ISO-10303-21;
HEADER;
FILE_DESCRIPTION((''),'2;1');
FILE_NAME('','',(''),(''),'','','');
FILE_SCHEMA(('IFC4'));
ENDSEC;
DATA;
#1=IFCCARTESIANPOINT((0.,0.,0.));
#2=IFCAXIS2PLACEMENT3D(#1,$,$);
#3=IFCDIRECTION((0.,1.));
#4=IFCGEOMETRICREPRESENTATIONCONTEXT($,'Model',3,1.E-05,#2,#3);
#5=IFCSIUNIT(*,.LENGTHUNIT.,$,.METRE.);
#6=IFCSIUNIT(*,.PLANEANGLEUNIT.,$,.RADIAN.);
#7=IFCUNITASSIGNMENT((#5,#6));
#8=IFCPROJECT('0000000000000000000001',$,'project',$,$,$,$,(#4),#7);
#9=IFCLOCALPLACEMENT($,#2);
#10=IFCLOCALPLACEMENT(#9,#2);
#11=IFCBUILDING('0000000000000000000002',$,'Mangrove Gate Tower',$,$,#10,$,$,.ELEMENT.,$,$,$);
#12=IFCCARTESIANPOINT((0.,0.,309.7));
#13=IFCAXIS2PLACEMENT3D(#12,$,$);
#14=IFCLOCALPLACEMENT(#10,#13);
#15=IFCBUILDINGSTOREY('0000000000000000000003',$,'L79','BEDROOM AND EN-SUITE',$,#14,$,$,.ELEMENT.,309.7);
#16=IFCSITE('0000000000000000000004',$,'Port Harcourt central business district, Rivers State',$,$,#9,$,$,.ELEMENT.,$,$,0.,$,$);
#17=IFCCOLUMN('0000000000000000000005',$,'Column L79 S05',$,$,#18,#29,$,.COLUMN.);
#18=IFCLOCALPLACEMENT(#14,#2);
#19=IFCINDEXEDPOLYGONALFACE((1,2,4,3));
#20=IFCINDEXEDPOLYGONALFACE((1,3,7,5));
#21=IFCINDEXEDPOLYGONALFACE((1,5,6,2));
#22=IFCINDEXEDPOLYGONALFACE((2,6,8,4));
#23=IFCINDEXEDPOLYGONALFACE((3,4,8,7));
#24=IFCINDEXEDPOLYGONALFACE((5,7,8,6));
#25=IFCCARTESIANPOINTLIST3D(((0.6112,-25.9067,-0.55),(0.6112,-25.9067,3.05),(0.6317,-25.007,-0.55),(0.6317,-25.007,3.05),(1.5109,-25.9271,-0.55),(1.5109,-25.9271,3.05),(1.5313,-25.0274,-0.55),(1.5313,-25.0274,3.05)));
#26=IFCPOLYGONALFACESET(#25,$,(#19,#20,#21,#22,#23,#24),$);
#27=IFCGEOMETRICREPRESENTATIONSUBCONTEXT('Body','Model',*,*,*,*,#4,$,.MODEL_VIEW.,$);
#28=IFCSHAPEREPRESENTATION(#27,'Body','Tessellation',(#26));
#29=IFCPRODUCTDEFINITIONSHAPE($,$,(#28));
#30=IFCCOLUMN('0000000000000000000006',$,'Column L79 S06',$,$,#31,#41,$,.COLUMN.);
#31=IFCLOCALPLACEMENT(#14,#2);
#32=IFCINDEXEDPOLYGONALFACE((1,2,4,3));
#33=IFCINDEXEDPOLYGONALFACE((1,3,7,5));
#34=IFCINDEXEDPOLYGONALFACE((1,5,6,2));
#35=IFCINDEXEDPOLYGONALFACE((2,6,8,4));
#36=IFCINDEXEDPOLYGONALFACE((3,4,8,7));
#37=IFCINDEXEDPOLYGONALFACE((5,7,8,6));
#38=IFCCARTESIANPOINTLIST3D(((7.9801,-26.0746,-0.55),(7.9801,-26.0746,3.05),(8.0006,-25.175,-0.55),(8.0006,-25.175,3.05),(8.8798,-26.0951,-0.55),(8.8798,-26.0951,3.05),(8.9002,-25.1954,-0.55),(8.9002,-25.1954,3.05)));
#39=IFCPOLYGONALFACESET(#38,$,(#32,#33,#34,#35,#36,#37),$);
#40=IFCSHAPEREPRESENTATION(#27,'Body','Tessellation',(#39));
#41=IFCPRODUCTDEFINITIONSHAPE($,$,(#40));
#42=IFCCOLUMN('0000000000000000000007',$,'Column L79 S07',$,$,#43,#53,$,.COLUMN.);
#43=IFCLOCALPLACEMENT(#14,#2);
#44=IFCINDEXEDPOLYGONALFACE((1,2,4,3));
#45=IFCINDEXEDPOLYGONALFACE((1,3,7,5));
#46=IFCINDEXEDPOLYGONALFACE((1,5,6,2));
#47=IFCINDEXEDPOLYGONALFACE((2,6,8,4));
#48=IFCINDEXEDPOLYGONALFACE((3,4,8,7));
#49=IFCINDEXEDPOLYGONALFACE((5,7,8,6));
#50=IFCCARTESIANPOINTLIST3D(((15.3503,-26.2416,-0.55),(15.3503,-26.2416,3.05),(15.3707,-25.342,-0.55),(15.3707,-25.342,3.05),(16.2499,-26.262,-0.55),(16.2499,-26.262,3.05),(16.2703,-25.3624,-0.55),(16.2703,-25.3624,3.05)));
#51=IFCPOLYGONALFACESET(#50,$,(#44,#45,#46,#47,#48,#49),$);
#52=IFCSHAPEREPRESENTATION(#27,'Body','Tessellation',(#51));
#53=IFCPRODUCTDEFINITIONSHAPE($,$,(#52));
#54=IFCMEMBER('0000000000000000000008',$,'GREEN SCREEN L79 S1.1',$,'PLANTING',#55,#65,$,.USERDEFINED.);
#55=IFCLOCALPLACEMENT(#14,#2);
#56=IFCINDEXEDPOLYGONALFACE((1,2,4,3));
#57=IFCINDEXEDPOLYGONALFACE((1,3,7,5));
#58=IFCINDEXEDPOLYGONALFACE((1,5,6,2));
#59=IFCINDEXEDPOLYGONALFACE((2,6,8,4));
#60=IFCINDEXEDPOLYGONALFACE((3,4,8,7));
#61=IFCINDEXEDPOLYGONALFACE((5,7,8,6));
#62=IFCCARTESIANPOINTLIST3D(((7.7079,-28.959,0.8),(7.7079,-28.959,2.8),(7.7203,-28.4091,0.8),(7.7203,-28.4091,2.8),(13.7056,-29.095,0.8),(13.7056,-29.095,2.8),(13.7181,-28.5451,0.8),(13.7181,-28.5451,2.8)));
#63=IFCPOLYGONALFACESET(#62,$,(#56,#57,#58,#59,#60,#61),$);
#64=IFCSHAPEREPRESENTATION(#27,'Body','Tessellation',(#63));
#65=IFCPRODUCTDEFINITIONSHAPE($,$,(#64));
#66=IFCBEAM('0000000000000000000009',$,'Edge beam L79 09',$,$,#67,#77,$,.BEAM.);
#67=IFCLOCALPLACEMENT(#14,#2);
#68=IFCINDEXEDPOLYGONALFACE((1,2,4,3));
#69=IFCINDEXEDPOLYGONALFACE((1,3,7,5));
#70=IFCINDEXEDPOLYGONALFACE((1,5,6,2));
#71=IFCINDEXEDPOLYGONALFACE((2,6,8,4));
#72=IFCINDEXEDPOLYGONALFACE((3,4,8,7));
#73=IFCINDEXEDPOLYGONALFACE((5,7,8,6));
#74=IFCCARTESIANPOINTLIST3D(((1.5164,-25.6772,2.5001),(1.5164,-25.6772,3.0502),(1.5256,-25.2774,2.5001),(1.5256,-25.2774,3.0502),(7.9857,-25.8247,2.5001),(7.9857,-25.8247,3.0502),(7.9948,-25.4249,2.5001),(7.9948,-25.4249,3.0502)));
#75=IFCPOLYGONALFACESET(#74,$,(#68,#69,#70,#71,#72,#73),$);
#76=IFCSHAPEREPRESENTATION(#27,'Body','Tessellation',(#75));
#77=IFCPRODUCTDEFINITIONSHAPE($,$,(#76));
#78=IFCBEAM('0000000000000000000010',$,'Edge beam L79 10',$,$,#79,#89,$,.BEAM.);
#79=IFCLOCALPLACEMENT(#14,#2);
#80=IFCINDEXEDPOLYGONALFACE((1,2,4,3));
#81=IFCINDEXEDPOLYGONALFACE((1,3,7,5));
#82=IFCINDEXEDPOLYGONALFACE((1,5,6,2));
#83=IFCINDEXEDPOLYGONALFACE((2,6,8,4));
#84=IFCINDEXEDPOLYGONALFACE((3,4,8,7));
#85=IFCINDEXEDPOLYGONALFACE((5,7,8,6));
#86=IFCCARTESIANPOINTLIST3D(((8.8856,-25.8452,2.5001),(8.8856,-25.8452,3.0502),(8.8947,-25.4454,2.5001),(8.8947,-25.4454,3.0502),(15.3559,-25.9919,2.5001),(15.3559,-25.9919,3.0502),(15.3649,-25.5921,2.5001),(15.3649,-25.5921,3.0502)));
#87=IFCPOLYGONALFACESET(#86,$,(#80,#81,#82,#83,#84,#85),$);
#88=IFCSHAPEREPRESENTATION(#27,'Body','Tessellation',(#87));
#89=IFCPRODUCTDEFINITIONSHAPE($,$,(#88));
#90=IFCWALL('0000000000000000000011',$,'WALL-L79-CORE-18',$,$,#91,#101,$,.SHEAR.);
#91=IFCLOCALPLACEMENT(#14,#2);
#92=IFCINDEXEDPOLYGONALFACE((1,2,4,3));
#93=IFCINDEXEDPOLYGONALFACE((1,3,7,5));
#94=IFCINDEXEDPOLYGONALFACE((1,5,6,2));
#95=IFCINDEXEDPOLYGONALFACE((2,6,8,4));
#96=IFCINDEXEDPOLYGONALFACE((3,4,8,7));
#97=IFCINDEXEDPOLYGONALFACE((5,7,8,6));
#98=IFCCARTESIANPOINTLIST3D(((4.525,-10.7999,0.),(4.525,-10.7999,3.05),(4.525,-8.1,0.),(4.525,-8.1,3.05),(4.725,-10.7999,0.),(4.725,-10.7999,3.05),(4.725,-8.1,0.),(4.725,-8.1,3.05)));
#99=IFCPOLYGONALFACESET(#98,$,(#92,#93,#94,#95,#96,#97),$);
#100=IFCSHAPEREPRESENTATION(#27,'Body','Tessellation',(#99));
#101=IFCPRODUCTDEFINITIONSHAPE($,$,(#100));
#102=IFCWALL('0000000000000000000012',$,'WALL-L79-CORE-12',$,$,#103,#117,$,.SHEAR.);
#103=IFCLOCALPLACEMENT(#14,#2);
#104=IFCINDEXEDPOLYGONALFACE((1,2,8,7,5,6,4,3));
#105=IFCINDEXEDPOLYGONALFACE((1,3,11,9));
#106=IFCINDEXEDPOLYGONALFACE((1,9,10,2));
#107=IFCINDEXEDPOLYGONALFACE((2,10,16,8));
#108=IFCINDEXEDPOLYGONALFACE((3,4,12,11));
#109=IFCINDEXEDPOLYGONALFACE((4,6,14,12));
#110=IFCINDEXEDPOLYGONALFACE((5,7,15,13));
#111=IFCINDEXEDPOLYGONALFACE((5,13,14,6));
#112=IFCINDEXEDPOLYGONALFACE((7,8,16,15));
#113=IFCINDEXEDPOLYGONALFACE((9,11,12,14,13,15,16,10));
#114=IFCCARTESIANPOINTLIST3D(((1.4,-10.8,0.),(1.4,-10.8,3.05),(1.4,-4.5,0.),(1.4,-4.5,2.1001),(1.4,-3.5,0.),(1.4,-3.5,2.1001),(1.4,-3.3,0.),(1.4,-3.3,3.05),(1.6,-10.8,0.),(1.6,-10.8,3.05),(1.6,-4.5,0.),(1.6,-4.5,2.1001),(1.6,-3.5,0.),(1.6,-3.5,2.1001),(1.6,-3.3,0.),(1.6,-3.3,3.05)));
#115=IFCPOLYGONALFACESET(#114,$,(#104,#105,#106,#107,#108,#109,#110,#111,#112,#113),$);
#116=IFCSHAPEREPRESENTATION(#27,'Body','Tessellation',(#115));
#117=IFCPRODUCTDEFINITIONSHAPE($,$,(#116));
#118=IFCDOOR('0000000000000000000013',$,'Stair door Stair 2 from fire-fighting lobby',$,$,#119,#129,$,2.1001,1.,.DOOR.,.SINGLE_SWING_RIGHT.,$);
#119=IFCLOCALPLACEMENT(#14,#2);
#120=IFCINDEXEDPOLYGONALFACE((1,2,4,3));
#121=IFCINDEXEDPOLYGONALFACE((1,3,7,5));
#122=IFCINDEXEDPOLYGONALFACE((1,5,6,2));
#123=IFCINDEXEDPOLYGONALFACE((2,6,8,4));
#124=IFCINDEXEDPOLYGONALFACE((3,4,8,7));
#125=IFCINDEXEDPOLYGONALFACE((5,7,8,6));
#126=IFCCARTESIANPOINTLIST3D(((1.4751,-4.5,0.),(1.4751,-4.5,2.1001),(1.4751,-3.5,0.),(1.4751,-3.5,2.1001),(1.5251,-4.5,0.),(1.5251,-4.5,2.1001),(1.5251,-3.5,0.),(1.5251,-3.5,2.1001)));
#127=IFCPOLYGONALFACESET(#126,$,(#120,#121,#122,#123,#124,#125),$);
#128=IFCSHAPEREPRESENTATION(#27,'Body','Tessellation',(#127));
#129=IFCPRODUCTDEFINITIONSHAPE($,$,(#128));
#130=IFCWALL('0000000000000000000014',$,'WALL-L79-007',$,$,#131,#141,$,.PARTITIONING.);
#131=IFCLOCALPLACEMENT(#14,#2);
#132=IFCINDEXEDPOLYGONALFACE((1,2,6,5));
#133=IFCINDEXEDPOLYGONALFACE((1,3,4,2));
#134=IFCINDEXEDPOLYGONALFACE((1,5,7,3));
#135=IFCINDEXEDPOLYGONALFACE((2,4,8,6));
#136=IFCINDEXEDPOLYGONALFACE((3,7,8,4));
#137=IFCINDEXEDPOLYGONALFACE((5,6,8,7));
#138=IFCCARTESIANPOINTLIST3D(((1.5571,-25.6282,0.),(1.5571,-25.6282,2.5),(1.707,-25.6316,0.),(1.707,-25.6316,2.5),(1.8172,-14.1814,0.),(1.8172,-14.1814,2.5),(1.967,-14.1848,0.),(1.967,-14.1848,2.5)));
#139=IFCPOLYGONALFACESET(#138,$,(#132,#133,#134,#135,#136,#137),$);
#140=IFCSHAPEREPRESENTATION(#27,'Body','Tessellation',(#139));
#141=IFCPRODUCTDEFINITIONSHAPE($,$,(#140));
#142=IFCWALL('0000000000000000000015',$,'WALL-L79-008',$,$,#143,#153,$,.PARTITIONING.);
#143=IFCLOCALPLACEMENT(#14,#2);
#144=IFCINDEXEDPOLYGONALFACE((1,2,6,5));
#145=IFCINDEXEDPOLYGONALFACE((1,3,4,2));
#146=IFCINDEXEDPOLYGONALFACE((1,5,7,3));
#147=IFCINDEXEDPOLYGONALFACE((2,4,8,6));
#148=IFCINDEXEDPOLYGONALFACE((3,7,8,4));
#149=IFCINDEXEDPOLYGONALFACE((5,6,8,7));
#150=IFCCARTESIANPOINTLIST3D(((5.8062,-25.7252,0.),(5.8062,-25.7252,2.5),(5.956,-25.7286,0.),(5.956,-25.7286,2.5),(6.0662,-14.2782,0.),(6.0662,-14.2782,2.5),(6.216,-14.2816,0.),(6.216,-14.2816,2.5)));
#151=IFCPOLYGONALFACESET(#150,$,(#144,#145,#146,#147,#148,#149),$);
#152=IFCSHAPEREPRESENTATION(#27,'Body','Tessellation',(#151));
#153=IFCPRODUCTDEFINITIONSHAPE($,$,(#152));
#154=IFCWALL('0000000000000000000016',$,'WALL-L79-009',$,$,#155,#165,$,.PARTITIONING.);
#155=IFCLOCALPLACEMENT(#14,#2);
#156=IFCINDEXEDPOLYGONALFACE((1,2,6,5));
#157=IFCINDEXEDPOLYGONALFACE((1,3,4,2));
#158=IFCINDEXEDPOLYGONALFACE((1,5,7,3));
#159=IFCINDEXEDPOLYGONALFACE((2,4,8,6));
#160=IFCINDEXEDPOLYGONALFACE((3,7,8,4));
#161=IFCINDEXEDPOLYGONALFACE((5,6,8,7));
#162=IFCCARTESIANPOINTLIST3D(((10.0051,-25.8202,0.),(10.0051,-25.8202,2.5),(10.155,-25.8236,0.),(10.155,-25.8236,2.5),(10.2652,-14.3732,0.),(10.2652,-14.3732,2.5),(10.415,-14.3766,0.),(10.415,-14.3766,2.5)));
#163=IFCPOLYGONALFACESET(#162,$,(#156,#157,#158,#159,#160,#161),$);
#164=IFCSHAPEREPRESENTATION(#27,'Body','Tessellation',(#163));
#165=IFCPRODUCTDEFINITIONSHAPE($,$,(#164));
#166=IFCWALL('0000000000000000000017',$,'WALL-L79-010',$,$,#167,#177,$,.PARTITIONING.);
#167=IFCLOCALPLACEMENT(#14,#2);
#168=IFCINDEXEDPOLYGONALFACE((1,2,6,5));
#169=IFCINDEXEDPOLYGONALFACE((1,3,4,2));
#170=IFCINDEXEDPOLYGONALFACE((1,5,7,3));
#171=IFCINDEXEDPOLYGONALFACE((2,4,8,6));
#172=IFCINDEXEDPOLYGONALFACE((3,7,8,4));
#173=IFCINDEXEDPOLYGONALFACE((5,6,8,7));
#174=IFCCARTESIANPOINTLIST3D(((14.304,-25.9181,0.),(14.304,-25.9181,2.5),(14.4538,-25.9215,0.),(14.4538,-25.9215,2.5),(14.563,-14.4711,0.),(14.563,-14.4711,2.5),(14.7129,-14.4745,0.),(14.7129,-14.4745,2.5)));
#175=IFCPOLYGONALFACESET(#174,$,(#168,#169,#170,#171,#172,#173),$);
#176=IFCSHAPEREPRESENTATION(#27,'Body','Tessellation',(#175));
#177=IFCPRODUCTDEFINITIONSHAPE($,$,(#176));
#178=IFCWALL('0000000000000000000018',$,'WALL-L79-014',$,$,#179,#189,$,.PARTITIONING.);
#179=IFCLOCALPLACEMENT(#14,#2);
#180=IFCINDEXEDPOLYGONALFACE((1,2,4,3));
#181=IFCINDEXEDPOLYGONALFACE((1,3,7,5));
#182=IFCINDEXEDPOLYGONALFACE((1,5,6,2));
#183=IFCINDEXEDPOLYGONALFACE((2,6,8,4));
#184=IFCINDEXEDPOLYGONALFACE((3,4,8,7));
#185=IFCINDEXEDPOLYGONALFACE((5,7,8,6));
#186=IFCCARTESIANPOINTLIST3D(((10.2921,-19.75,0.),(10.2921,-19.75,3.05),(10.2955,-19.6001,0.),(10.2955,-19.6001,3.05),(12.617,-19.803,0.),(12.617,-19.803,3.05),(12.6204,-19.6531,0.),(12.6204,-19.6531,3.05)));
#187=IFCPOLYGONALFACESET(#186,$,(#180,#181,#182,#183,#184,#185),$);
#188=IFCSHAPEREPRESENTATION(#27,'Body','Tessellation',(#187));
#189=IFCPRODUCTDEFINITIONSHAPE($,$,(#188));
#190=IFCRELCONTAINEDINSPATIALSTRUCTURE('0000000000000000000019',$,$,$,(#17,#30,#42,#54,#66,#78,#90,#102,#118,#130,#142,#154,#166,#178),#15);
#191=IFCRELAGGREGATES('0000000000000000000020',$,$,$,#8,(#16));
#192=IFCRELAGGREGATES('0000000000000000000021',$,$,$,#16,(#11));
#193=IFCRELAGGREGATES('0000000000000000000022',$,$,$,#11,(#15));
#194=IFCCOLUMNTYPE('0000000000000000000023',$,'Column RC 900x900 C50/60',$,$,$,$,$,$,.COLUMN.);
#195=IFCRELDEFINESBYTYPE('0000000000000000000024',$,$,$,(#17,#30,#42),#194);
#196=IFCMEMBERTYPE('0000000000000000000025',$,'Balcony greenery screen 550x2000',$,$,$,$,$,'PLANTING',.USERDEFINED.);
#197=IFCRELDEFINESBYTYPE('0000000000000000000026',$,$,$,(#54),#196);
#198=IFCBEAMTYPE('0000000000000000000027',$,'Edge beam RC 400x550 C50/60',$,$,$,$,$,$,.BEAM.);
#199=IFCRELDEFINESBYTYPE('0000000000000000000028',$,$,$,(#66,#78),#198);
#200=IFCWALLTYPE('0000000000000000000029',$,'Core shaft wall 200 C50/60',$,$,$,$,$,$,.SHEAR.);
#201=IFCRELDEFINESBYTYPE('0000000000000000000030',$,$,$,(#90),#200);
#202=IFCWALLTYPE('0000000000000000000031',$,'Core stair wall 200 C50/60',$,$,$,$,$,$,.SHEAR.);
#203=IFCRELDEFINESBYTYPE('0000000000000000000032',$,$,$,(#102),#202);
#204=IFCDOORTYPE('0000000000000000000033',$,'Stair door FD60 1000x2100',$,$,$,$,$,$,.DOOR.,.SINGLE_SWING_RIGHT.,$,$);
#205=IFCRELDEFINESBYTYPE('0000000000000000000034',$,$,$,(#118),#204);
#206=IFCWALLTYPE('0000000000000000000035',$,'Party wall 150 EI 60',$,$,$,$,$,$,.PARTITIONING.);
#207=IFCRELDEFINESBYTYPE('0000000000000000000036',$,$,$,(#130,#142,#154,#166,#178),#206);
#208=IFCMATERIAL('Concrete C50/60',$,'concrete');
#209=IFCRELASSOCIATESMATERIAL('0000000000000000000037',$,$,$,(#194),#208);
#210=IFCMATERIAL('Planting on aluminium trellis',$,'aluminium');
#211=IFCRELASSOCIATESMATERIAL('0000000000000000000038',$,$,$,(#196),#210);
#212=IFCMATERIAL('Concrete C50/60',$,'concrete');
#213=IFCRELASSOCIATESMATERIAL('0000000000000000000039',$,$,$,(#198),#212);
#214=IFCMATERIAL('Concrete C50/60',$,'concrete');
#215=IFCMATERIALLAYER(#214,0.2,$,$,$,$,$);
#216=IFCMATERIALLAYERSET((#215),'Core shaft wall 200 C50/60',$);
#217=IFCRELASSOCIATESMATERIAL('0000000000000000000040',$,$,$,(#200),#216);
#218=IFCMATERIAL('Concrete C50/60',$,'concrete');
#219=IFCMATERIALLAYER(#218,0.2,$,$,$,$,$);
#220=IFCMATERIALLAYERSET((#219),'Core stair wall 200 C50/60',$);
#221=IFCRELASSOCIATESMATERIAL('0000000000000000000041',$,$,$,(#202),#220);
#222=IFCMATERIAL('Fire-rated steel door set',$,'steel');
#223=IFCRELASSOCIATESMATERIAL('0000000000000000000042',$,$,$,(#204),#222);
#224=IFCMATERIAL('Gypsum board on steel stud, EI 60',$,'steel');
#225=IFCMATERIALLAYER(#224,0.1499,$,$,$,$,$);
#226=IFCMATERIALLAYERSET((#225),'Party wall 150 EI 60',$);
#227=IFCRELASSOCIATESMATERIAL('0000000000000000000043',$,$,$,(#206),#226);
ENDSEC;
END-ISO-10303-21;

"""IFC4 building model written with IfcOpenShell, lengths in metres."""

from ifc_helpers import new_model, si_unit, direction, frame, frame_2d, origin, origin_2d, place, context, subcontext, project, spatial, rectangle, extrude, material, layer, layer_set, material_profile, profile_set, type_object, element, fill, save


model = new_model("IFC4")

# Units and contexts
model_context = context("Model", 3, precision=1e-05, world=origin(), true_north=direction((0.0, 1.0)))
body_context = subcontext(model_context, "Body", "Model", "MODEL_VIEW")
ifc_project = project(units=[si_unit("LENGTHUNIT", "METRE"), si_unit("PLANEANGLEUNIT", "RADIAN")], contexts=[model_context])

# Site, building, storey
site_placement = place(None, origin())
site = spatial("IfcSite", under=ifc_project, at=site_placement, Name="Port Harcourt central business district, Rivers State", CompositionType="ELEMENT", RefElevation=0.0)
building_placement = place(site_placement, origin())
building = spatial("IfcBuilding", under=site, at=building_placement, Name="Mangrove Gate Tower", CompositionType="ELEMENT")
storey_placement = place(building_placement, frame((0.0, 0.0, 309.7)))
storey = spatial("IfcBuildingStorey", under=building, at=storey_placement, Name="L79", Description="BEDROOM AND EN-SUITE", CompositionType="ELEMENT", Elevation=309.7)

# Columns
ifc_material_1 = material(Name="Concrete C50/60", Category="concrete")
ifc_material_profile_1 = material_profile(ifc_material_1, rectangle(XDim=0.8999, YDim=0.8999, at=origin_2d()))
ifc_profile_set_1 = profile_set([ifc_material_profile_1], Name="Concrete C50/60")
column_type = type_object("IfcColumnType", Name="Column RC 900x900 C50/60", PredefinedType="COLUMN", material=ifc_profile_set_1)
for number, where, z_axis, x_axis, name in (
    (1, (1.0713, -25.467, -0.55), (0.0, 0.0, 1.0), (0.999742, -0.022723, 0.0), "Column L79 S05"),
    (2, (8.4402, -25.635, -0.55), (0.0, 0.0, 1.0), (0.999742, -0.022723, 0.0), "Column L79 S06"),
    (3, (15.8103, -25.802, -0.55), (0.0, 0.0, 1.0), (0.999743, -0.022654, 0.0), "Column L79 S07"),
):
    element("IfcColumn", number, at=place(storey_placement, frame(where, z_axis=z_axis, x_axis=x_axis)), inside=storey, type_object=column_type, Name=name, PredefinedType="COLUMN", context=body_context, shape_type="SweptSolid", body=[
        extrude(rectangle(XDim=0.8999, YDim=0.8999, at=origin_2d()), origin(), (0.0, 0.0, 1.0), 3.6001),
    ])

# Member
ifc_material_2 = material(Name="Planting on aluminium trellis", Category="aluminium")
ifc_material_profile_2 = material_profile(ifc_material_2, rectangle(XDim=0.55, YDim=2.0, at=origin_2d()))
ifc_profile_set_2 = profile_set([ifc_material_profile_2], Name="Planting on aluminium trellis")
member_type = type_object("IfcMemberType", Name="Balcony greenery screen 550x2000", ElementType="PLANTING", PredefinedType="USERDEFINED", material=ifc_profile_set_2)
member_placement = place(storey_placement, frame((7.7141, -28.6841, 1.8), z_axis=(0.999743, -0.022667, 0.0), x_axis=(0.022667, 0.999743, 0.0)))
element("IfcMember", 4, at=member_placement, inside=storey, type_object=member_type, Name="GREEN SCREEN L79 S1.1", ObjectType="PLANTING", PredefinedType="USERDEFINED", context=body_context, shape_type="SweptSolid", body=[
    extrude(rectangle(XDim=0.55, YDim=2.0, at=origin_2d()), origin(), (0.0, 0.0, 1.0), 5.9993),
])

# Beams
ifc_material_3 = material(Name="Concrete C50/60", Category="concrete")
ifc_material_profile_3 = material_profile(ifc_material_3, rectangle(XDim=0.3999, YDim=0.55, at=origin_2d()))
ifc_profile_set_3 = profile_set([ifc_material_profile_3], Name="Concrete C50/60")
beam_type = type_object("IfcBeamType", Name="Edge beam RC 400x550 C50/60", PredefinedType="BEAM", material=ifc_profile_set_3)
beam_1_placement = place(storey_placement, frame((1.521, -25.4773, 2.7751), z_axis=(0.99974, -0.022788, 0.0), x_axis=(0.022788, 0.99974, 0.0)))
element("IfcBeam", 5, at=beam_1_placement, inside=storey, type_object=beam_type, Name="Edge beam L79 09", PredefinedType="BEAM", context=body_context, shape_type="SweptSolid", body=[
    extrude(rectangle(XDim=0.3999, YDim=0.55, at=origin_2d()), origin(), (0.0, 0.0, 1.0), 6.4709),
])
beam_2_placement = place(storey_placement, frame((8.8901, -25.6453, 2.7751), z_axis=(0.999743, -0.022672, 0.0), x_axis=(0.022672, 0.999743, 0.0)))
element("IfcBeam", 6, at=beam_2_placement, inside=storey, type_object=beam_type, Name="Edge beam L79 10", PredefinedType="BEAM", context=body_context, shape_type="SweptSolid", body=[
    extrude(rectangle(XDim=0.3999, YDim=0.55, at=origin_2d()), origin(), (0.0, 0.0, 1.0), 6.4719),
])

# Wall
ifc_material_4 = material(Name="Concrete C50/60", Category="concrete")
ifc_layer_1 = layer(ifc_material_4, 0.2)
ifc_layer_set_1 = layer_set([ifc_layer_1], Name="Core shaft wall 200 C50/60")
wall_type_1 = type_object("IfcWallType", Name="Core shaft wall 200 C50/60", PredefinedType="SHEAR", material=ifc_layer_set_1)
wall_1_placement = place(storey_placement, frame((4.625, -10.8, 0.0), z_axis=(0.0, 0.0, 1.0), x_axis=(0.0, 1.0, 0.0)))
element("IfcWall", 7, at=wall_1_placement, inside=storey, type_object=wall_type_1, Name="WALL-L79-CORE-18", PredefinedType="SHEAR", context=body_context, shape_type="SweptSolid", body=[
    extrude(rectangle(XDim=2.7, YDim=0.2, at=frame_2d((1.3501, 0.0))), origin(), (0.0, 0.0, 1.0), 3.05),
])

# Wall, opening, door
ifc_material_5 = material(Name="Concrete C50/60", Category="concrete")
ifc_layer_2 = layer(ifc_material_5, 0.2)
ifc_layer_set_2 = layer_set([ifc_layer_2], Name="Core stair wall 200 C50/60")
wall_type_2 = type_object("IfcWallType", Name="Core stair wall 200 C50/60", PredefinedType="SHEAR", material=ifc_layer_set_2)
wall_2_placement = place(storey_placement, frame((1.5, -10.8, 0.0), z_axis=(0.0, 0.0, 1.0), x_axis=(0.0, 1.0, 0.0)))
wall_2 = element("IfcWall", 8, at=wall_2_placement, inside=storey, type_object=wall_type_2, Name="WALL-L79-CORE-12", PredefinedType="SHEAR", context=body_context, shape_type="SweptSolid", body=[
    extrude(rectangle(XDim=7.5, YDim=0.2, at=frame_2d((3.75, 0.0))), origin(), (0.0, 0.0, 1.0), 3.05),
])
opening_1_placement = place(wall_2_placement, frame((6.3, 0.0, 0.0)))
opening_1 = element("IfcOpeningElement", 9, at=opening_1_placement, cuts=wall_2, PredefinedType="OPENING", context=body_context, shape_type="SweptSolid", body=[
    extrude(rectangle(XDim=1.0, YDim=2.1001, at=frame_2d((0.5, 1.05))), frame((0.0, 0.1099, 0.0), z_axis=(0.0, -1.0, 0.0), x_axis=(1.0, 0.0, 0.0)), (0.0, 0.0, 1.0), 0.22),
])
ifc_material_6 = material(Name="Fire-rated steel door set", Category="steel")
door_type_1 = type_object("IfcDoorType", Name="Stair door FD60 1000x2100", OperationType="SINGLE_SWING_RIGHT", PredefinedType="DOOR", material=ifc_material_6)
door_1_placement = place(opening_1_placement, origin())
door_1 = element("IfcDoor", 10, at=door_1_placement, inside=storey, type_object=door_type_1, Name="Stair door Stair 2 from fire-fighting lobby", OperationType="SINGLE_SWING_RIGHT", OverallHeight=2.1001, OverallWidth=1.0, PredefinedType="DOOR", context=body_context, shape_type="SweptSolid", body=[
    extrude(rectangle(XDim=1.0, YDim=2.1001, at=frame_2d((0.5, 1.05))), frame((0.0, 0.0249, 0.0), z_axis=(0.0, -1.0, 0.0), x_axis=(1.0, 0.0, 0.0)), (0.0, 0.0, 1.0), 0.05),
])
fill(opening_1, door_1)

# Walls
ifc_material_7 = material(Name="Gypsum board on steel stud, EI 60", Category="steel")
ifc_layer_3 = layer(ifc_material_7, 0.1499)
ifc_layer_set_3 = layer_set([ifc_layer_3], Name="Party wall 150 EI 60")
wall_type_3 = type_object("IfcWallType", Name="Party wall 150 EI 60", PredefinedType="PARTITIONING", material=ifc_layer_set_3)
wall_3_placement = place(storey_placement, frame((1.6321, -25.6299, 0.0), z_axis=(0.0, 0.0, 1.0), x_axis=(0.022709, 0.999742, 0.0)))
element("IfcWall", 11, at=wall_3_placement, inside=storey, type_object=wall_type_3, Name="WALL-L79-007", PredefinedType="PARTITIONING", context=body_context, shape_type="SweptSolid", body=[
    extrude(rectangle(XDim=11.4497, YDim=0.1499, at=frame_2d((5.7249, 0.0))), origin(), (0.0, 0.0, 1.0), 2.5),
])
for number, where, z_axis, x_axis, name in (
    (12, (5.8811, -25.7271, 0.0), (0.0, 0.0, 1.0), (0.022708, 0.999742, 0.0), "WALL-L79-008"),
    (13, (10.0801, -25.822, 0.0), (0.0, 0.0, 1.0), (0.022708, 0.999742, 0.0), "WALL-L79-009"),
    (14, (14.3789, -25.9199, 0.0), (0.0, 0.0, 1.0), (0.022623, 0.999744, 0.0), "WALL-L79-010"),
):
    element("IfcWall", number, at=place(storey_placement, frame(where, z_axis=z_axis, x_axis=x_axis)), inside=storey, type_object=wall_type_3, Name=name, PredefinedType="PARTITIONING", context=body_context, shape_type="SweptSolid", body=[
        extrude(rectangle(XDim=11.45, YDim=0.1499, at=frame_2d((5.7251, 0.0))), origin(), (0.0, 0.0, 1.0), 2.5),
    ])
wall_4_placement = place(storey_placement, frame((10.2939, -19.675, 0.0), z_axis=(0.0, 0.0, 1.0), x_axis=(0.99974, -0.022781, 0.0)))
element("IfcWall", 15, at=wall_4_placement, inside=storey, type_object=wall_type_3, Name="WALL-L79-014", PredefinedType="PARTITIONING", context=body_context, shape_type="SweptSolid", body=[
    extrude(rectangle(XDim=2.3254, YDim=0.1499, at=frame_2d((1.1626, 0.0))), origin(), (0.0, 0.0, 1.0), 3.05),
])

save(model, "model.ifc")
